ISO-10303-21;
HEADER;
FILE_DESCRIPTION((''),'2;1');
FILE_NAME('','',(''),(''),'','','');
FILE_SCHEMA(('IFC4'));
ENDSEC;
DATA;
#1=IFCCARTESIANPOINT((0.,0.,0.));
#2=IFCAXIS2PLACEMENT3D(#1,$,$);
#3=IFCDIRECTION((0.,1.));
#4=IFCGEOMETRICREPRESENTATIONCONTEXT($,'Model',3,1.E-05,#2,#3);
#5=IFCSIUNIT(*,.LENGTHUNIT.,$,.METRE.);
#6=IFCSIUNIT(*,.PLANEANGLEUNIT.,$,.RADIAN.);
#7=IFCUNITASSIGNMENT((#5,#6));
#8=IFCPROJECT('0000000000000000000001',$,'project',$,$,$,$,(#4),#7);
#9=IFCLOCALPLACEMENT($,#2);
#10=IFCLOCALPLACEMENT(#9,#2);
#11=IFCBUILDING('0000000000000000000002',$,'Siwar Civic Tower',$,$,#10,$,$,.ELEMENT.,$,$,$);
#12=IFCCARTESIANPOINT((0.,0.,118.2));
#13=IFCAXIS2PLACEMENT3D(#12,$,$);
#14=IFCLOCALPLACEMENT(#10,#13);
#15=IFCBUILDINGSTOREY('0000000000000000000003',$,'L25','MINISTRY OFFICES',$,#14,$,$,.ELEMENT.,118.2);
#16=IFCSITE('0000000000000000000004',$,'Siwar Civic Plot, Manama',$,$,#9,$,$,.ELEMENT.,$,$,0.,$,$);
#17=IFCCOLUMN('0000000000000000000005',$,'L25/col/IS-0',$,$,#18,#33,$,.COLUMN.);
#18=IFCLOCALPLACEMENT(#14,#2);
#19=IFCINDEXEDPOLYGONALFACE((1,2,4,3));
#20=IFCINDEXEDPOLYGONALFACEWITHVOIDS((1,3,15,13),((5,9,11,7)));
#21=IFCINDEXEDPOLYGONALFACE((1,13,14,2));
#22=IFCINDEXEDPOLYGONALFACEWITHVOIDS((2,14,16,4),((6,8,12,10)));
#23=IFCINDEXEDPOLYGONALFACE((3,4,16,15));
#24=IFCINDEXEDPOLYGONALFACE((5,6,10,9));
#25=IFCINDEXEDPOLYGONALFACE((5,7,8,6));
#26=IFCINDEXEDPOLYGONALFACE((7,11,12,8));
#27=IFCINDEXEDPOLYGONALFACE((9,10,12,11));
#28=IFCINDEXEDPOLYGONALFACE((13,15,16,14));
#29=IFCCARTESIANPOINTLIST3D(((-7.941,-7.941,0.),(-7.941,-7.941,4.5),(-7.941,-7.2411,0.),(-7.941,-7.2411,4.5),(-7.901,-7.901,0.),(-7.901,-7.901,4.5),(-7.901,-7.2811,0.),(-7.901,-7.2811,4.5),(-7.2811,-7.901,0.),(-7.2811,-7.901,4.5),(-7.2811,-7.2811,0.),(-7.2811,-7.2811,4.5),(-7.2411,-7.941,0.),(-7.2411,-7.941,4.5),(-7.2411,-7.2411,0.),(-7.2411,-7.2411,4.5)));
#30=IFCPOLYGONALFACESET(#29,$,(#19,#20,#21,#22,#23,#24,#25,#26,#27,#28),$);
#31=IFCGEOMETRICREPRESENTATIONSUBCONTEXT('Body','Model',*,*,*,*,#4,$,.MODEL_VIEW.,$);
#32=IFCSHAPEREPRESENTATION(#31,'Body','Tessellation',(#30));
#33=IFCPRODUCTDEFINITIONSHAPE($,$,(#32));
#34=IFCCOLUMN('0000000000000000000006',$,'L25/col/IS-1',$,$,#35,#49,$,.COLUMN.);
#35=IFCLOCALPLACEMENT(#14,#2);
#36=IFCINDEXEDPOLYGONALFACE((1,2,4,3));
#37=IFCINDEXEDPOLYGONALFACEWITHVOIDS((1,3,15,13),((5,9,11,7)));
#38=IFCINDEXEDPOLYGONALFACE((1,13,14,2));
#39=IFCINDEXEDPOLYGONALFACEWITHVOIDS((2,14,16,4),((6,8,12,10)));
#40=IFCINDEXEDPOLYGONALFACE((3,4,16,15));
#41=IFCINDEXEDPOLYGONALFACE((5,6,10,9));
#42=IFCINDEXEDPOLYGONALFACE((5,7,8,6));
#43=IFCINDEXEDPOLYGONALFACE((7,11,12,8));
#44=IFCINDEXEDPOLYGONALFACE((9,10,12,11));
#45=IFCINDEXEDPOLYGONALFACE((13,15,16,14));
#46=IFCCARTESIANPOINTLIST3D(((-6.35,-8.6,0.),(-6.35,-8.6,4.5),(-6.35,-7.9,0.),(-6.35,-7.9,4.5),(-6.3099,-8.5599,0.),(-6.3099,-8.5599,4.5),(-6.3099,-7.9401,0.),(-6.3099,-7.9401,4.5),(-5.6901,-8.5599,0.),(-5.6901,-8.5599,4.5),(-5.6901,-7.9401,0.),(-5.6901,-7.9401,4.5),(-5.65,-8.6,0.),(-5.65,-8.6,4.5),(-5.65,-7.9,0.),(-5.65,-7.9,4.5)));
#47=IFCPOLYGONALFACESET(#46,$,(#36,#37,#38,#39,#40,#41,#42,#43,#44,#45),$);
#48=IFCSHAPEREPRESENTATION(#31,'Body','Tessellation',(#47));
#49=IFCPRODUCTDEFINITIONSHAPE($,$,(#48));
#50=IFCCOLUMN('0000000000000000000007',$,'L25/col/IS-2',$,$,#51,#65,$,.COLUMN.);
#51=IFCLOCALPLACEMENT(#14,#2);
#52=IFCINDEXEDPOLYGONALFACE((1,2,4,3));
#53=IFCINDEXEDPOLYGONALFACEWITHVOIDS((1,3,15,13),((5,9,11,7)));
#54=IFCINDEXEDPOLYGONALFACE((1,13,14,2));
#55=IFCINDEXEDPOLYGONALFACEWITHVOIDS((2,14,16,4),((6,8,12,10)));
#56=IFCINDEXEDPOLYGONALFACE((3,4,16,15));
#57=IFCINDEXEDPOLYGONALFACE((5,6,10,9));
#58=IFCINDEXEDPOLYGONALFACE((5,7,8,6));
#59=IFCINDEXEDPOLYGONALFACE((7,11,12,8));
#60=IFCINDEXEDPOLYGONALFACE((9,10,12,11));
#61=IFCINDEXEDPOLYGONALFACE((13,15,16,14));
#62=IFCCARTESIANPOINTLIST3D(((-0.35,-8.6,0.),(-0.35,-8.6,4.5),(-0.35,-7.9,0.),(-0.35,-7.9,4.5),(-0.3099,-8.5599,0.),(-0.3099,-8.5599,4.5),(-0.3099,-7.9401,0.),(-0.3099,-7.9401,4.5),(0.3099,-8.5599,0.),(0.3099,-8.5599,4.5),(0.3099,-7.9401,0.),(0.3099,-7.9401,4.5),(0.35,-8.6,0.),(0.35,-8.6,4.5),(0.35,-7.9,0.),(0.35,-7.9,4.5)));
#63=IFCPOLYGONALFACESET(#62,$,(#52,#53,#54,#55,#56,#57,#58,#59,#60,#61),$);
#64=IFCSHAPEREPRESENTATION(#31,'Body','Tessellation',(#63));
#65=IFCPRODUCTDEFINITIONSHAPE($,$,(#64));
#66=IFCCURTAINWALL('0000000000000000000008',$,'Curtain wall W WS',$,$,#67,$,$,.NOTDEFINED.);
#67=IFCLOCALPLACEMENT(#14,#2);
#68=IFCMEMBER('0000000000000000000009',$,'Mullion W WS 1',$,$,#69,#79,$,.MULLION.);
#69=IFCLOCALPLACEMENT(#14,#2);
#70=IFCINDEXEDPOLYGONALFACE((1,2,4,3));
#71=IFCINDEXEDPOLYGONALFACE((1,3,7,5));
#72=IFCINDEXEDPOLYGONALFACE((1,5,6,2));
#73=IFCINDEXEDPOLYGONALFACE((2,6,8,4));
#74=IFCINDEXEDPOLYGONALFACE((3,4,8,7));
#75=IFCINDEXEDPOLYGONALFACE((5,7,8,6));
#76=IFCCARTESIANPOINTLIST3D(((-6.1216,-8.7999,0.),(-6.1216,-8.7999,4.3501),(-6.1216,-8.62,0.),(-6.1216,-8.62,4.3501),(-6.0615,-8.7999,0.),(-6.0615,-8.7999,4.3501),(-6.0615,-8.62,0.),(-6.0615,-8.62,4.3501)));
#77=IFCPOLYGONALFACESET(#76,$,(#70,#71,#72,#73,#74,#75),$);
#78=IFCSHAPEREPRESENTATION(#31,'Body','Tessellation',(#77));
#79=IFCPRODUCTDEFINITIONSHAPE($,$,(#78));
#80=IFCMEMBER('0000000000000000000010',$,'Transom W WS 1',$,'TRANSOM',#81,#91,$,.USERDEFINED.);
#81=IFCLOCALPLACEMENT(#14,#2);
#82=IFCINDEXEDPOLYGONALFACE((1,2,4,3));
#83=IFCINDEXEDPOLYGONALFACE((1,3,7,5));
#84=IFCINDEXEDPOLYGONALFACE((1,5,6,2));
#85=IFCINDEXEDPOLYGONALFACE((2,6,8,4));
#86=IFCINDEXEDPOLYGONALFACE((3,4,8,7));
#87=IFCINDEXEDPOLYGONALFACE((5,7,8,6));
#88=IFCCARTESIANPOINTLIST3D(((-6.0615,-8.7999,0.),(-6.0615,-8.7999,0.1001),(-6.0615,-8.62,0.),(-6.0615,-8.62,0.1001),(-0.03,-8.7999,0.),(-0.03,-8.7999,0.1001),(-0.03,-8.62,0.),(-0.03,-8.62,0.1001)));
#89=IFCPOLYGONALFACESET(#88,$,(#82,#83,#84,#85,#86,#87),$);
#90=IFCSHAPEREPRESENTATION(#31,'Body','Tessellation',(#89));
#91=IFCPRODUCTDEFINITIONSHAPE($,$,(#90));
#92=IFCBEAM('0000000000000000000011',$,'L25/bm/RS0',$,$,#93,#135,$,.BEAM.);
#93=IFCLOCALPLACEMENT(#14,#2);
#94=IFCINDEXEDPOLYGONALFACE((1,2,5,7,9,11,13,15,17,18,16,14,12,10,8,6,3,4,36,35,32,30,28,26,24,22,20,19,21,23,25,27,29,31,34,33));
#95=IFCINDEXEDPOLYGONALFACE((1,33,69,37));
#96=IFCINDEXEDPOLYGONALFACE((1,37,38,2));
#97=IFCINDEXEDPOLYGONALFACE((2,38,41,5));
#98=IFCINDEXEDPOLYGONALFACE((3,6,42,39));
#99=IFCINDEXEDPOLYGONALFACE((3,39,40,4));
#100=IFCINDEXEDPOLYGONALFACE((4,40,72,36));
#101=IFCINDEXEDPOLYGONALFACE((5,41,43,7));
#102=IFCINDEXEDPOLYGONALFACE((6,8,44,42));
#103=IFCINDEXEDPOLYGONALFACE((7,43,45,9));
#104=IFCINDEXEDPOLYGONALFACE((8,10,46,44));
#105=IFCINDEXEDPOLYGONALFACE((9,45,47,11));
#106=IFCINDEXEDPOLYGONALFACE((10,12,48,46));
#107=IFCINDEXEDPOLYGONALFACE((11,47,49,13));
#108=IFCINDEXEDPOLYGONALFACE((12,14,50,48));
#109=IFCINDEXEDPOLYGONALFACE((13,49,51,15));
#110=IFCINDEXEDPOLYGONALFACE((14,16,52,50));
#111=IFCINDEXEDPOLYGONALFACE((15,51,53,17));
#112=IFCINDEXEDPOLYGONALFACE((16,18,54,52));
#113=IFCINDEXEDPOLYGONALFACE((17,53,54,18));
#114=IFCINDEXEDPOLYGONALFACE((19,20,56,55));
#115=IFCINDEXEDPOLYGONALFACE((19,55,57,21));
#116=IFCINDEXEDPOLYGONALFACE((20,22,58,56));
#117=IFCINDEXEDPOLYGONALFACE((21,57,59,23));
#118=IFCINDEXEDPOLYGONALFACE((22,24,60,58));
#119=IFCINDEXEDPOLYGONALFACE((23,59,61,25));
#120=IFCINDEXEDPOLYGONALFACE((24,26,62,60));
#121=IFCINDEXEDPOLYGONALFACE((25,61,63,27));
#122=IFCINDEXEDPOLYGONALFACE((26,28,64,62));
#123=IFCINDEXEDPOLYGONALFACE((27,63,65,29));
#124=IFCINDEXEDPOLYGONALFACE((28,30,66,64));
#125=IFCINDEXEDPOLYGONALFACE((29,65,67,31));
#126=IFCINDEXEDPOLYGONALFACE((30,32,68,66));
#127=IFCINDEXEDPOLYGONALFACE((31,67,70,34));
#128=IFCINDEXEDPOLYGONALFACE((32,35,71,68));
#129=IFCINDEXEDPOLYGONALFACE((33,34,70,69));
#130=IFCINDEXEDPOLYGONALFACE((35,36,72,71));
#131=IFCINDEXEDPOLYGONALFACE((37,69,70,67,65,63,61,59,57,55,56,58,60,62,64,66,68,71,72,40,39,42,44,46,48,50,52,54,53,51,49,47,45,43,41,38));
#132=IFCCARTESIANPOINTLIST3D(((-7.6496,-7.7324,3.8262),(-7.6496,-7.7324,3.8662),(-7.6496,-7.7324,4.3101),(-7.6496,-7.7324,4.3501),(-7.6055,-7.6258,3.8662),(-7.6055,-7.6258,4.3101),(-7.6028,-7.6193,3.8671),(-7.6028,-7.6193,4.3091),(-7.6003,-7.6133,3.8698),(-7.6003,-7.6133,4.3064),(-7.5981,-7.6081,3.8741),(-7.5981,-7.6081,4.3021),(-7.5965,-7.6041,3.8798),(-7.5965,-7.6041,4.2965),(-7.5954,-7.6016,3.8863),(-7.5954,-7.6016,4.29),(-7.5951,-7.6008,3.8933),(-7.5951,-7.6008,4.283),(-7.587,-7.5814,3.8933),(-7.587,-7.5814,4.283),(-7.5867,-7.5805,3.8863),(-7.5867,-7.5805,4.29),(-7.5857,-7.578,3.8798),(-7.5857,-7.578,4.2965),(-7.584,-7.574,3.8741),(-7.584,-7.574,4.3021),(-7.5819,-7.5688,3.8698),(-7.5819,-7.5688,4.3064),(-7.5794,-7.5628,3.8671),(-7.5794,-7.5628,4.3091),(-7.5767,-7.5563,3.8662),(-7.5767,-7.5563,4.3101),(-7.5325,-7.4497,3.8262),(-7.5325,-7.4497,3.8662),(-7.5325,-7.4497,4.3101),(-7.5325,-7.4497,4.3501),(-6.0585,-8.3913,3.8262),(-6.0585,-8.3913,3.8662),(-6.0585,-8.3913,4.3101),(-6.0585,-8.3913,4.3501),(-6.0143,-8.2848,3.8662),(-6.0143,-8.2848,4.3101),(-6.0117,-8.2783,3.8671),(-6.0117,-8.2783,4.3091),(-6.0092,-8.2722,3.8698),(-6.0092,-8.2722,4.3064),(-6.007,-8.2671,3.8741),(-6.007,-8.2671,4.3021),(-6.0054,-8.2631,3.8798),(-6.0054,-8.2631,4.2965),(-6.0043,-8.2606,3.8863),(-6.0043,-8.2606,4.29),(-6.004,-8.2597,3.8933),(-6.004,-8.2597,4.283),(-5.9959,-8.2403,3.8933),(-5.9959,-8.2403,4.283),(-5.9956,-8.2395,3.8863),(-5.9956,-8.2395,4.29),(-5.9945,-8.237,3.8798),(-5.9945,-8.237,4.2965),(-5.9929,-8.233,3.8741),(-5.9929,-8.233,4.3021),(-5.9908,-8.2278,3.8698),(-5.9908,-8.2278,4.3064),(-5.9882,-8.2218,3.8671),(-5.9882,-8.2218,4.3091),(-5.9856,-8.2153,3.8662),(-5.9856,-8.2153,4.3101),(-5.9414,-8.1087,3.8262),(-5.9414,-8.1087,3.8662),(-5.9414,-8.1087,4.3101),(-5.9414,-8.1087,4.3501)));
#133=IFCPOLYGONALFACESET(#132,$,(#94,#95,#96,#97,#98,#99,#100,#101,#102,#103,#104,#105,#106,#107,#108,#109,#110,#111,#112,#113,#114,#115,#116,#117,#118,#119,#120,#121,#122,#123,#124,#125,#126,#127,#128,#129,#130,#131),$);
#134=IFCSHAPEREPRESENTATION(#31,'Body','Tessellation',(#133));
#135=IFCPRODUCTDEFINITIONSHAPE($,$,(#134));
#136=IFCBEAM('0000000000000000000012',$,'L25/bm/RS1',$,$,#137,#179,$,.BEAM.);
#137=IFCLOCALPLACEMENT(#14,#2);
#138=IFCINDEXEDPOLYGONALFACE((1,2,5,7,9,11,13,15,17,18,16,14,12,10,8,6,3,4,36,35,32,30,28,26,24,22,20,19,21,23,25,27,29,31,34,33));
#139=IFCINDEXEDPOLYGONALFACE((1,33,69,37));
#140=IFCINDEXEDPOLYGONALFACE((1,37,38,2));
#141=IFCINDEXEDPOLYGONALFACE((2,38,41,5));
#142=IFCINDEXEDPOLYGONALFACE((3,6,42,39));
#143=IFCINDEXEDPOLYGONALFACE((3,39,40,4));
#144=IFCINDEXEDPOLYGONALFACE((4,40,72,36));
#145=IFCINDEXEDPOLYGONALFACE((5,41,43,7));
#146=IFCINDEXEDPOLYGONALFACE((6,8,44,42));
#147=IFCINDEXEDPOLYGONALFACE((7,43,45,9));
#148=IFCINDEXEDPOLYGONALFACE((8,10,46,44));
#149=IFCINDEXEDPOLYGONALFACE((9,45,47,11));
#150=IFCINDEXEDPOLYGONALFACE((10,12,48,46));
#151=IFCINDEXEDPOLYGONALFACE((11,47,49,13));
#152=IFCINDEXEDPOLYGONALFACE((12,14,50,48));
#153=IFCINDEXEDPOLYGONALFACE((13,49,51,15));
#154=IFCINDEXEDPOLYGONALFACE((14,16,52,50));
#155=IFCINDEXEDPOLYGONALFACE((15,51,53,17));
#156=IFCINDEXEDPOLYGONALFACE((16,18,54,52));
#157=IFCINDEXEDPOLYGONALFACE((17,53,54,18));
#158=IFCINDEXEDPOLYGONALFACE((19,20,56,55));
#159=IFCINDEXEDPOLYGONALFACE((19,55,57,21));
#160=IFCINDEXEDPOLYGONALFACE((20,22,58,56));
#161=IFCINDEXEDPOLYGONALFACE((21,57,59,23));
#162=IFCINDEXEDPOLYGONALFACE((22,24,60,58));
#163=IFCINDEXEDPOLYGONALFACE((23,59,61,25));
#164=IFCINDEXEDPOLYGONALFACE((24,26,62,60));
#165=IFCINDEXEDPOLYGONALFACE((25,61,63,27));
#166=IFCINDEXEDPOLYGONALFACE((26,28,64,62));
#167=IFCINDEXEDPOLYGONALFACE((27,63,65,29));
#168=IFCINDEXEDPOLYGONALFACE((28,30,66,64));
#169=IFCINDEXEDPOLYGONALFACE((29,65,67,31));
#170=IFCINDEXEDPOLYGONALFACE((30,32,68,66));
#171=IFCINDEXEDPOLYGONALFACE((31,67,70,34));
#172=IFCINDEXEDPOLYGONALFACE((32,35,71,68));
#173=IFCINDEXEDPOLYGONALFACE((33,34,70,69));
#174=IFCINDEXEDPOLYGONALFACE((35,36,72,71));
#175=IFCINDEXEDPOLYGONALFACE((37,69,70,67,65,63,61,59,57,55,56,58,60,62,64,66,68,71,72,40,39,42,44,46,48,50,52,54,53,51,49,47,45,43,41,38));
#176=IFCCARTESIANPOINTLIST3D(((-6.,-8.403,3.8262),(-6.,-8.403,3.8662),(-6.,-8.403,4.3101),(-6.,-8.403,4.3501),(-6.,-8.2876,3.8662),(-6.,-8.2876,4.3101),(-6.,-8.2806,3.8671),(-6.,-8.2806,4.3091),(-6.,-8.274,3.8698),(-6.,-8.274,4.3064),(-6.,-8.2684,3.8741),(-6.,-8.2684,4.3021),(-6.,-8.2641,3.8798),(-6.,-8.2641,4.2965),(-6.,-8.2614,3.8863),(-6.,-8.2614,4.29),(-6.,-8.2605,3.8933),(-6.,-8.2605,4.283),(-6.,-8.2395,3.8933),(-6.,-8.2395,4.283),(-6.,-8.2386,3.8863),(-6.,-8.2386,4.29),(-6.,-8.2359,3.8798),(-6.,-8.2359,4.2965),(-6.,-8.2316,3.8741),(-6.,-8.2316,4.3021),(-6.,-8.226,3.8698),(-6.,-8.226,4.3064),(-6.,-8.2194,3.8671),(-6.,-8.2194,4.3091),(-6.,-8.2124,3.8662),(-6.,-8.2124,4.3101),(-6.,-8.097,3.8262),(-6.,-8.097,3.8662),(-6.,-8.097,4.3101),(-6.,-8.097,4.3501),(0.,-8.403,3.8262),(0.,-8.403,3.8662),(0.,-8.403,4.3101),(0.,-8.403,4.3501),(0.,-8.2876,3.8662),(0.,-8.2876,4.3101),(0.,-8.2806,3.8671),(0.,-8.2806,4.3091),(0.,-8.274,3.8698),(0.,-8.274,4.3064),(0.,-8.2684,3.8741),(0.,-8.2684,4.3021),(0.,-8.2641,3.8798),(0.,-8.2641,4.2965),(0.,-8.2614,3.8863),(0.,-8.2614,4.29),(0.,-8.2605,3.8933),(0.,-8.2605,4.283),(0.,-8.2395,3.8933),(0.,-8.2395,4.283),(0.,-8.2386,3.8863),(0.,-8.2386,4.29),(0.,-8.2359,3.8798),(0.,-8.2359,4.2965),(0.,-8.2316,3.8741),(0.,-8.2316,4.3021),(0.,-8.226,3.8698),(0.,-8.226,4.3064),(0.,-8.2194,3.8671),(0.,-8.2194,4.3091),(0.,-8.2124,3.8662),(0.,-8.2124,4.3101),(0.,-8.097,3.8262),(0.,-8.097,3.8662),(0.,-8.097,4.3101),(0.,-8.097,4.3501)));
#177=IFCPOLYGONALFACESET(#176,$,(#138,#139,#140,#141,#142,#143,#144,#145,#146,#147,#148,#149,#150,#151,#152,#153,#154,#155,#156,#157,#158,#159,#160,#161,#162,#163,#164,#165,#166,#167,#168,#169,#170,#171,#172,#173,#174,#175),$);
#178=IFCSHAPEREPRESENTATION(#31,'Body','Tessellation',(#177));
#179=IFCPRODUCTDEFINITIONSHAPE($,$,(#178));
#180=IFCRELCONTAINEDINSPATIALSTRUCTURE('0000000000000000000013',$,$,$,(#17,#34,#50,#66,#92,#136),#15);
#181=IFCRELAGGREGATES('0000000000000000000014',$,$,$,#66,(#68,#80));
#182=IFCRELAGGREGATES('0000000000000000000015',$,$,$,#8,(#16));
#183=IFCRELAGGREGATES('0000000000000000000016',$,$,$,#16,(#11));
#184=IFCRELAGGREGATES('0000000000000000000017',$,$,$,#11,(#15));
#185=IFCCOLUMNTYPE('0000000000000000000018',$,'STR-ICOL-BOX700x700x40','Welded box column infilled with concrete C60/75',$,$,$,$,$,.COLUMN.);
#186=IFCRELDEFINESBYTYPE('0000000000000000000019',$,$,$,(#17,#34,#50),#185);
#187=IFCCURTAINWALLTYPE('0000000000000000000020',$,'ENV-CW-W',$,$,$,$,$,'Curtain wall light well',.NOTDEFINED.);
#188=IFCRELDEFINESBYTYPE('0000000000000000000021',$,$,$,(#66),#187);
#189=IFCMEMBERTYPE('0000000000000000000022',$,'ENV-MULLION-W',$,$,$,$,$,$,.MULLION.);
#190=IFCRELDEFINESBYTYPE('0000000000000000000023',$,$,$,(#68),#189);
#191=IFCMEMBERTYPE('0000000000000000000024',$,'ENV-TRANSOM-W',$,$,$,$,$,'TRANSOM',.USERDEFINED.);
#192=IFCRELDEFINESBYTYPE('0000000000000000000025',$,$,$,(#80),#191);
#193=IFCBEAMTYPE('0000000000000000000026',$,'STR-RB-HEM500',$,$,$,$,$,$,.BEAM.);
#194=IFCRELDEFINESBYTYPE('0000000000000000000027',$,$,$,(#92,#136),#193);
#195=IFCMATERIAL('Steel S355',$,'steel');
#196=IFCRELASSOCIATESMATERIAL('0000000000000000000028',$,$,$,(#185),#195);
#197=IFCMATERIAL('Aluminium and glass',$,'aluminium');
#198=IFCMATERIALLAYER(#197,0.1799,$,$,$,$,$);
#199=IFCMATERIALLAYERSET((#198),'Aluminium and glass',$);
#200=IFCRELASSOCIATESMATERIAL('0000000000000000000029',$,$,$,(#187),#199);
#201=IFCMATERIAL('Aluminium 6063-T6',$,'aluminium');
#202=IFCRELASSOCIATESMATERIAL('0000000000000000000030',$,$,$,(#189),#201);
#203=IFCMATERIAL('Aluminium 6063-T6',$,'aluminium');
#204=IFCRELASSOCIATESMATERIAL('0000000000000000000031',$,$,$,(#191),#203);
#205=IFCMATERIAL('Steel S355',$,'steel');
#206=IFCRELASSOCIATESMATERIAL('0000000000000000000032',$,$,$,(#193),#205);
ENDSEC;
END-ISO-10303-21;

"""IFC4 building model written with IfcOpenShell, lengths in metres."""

from ifc_helpers import new_model, si_unit, direction, frame, origin, origin_2d, place, context, subcontext, project, spatial, rectangle, hollow_rectangle, i_section, extrude, material, layer, layer_set, material_profile, profile_set, type_object, element, aggregate, save


model = new_model("IFC4")

# Units and contexts
model_context = context("Model", 3, precision=1e-05, world=origin(), true_north=direction((0.0, 1.0)))
body_context = subcontext(model_context, "Body", "Model", "MODEL_VIEW")
ifc_project = project(units=[si_unit("LENGTHUNIT", "METRE"), si_unit("PLANEANGLEUNIT", "RADIAN")], contexts=[model_context])

# Site, building, storey
site_placement = place(None, origin())
site = spatial("IfcSite", under=ifc_project, at=site_placement, Name="Siwar Civic Plot, Manama", CompositionType="ELEMENT", RefElevation=0.0)
building_placement = place(site_placement, origin())
building = spatial("IfcBuilding", under=site, at=building_placement, Name="Siwar Civic Tower", CompositionType="ELEMENT")
storey_placement = place(building_placement, frame((0.0, 0.0, 118.2)))
storey = spatial("IfcBuildingStorey", under=building, at=storey_placement, Name="L25", Description="MINISTRY OFFICES", CompositionType="ELEMENT", Elevation=118.2)

# Columns
ifc_material_1 = material(Name="Steel S355", Category="steel")
ifc_material_profile_1 = material_profile(ifc_material_1, hollow_rectangle(XDim=0.7, YDim=0.7, WallThickness=0.04, at=origin_2d()), Name="BOX700x700x40")
ifc_profile_set_1 = profile_set([ifc_material_profile_1], Name="Steel S355")
column_type = type_object("IfcColumnType", Name="STR-ICOL-BOX700x700x40", Description="Welded box column infilled with concrete C60/75", PredefinedType="COLUMN", material=ifc_profile_set_1)
for number, where, z_axis, x_axis, name in (
    (1, (-7.5911, -7.5911, 0.0), (0.0, 0.0, 1.0), (1.0, 0.0, 0.0), "L25/col/IS-0"),
    (2, (-6.0, -8.25, 0.0), (0.0, 0.0, 1.0), (1.0, 0.0, 0.0), "L25/col/IS-1"),
    (3, (0.0, -8.25, 0.0), (0.0, 0.0, 1.0), (1.0, 0.0, 0.0), "L25/col/IS-2"),
):
    element("IfcColumn", number, at=place(storey_placement, frame(where, z_axis=z_axis, x_axis=x_axis)), inside=storey, type_object=column_type, Name=name, PredefinedType="COLUMN", context=body_context, shape_type="SweptSolid", body=[
        extrude(hollow_rectangle(XDim=0.7, YDim=0.7, WallThickness=0.04, at=origin_2d()), origin(), (0.0, 0.0, 1.0), 4.5),
    ])

# Curtain wall, members
ifc_material_2 = material(Name="Aluminium and glass", Category="aluminium")
ifc_layer_1 = layer(ifc_material_2, 0.1799)
ifc_layer_set_1 = layer_set([ifc_layer_1], Name="Aluminium and glass")
curtain_wall_type = type_object("IfcCurtainWallType", Name="ENV-CW-W", ElementType="Curtain wall light well", PredefinedType="NOTDEFINED", material=ifc_layer_set_1)
curtain_wall_placement = place(storey_placement, origin())
curtain_wall = element("IfcCurtainWall", 4, at=curtain_wall_placement, inside=storey, type_object=curtain_wall_type, Name="Curtain wall W WS", PredefinedType="NOTDEFINED")
ifc_material_3 = material(Name="Aluminium 6063-T6", Category="aluminium")
ifc_material_profile_2 = material_profile(ifc_material_3, rectangle(XDim=0.1799, YDim=0.0601, at=origin_2d()), Name="AL 180x60")
ifc_profile_set_2 = profile_set([ifc_material_profile_2], Name="Aluminium 6063-T6")
member_type_1 = type_object("IfcMemberType", Name="ENV-MULLION-W", PredefinedType="MULLION", material=ifc_profile_set_2)
member_1_placement = place(storey_placement, frame((-6.0916, -8.71, 0.0), z_axis=(0.0, 0.0, 1.0), x_axis=(0.0, 1.0, 0.0)))
member_1 = element("IfcMember", 5, at=member_1_placement, type_object=member_type_1, Name="Mullion W WS 1", PredefinedType="MULLION", context=body_context, shape_type="SweptSolid", body=[
    extrude(rectangle(XDim=0.1799, YDim=0.0601, at=origin_2d()), origin(), (0.0, 0.0, 1.0), 4.3501),
])
ifc_material_4 = material(Name="Aluminium 6063-T6", Category="aluminium")
ifc_material_profile_3 = material_profile(ifc_material_4, rectangle(XDim=0.1799, YDim=0.1001, at=origin_2d()), Name="AL 180x100")
ifc_profile_set_3 = profile_set([ifc_material_profile_3], Name="Aluminium 6063-T6")
member_type_2 = type_object("IfcMemberType", Name="ENV-TRANSOM-W", ElementType="TRANSOM", PredefinedType="USERDEFINED", material=ifc_profile_set_3)
member_2_placement = place(storey_placement, frame((-6.0615, -8.71, 0.05), z_axis=(1.0, 0.0, 0.0), x_axis=(0.0, 1.0, 0.0)))
member_2 = element("IfcMember", 6, at=member_2_placement, type_object=member_type_2, Name="Transom W WS 1", ObjectType="TRANSOM", PredefinedType="USERDEFINED", context=body_context, shape_type="SweptSolid", body=[
    extrude(rectangle(XDim=0.1799, YDim=0.1001, at=origin_2d()), origin(), (0.0, 0.0, 1.0), 6.0315),
])

# Beams
ifc_material_5 = material(Name="Steel S355", Category="steel")
ifc_material_profile_4 = material_profile(ifc_material_5, i_section(OverallWidth=0.3059, OverallDepth=0.5239, WebThickness=0.021, FlangeThickness=0.04, FilletRadius=0.0271, at=origin_2d()), Name="HEM500")
ifc_profile_set_4 = profile_set([ifc_material_profile_4], Name="Steel S355")
beam_type = type_object("IfcBeamType", Name="STR-RB-HEM500", PredefinedType="BEAM", material=ifc_profile_set_4)
beam_1_placement = place(storey_placement, frame((-7.5911, -7.5911, 4.0881), z_axis=(0.923901, -0.382631, 0.0), x_axis=(0.382631, 0.923901, 0.0)))
element("IfcBeam", 7, at=beam_1_placement, inside=storey, type_object=beam_type, Name="L25/bm/RS0", PredefinedType="BEAM", context=body_context, shape_type="SweptSolid", body=[
    extrude(i_section(OverallWidth=0.3059, OverallDepth=0.5239, WebThickness=0.021, FlangeThickness=0.04, FilletRadius=0.0271, at=origin_2d()), origin(), (0.0, 0.0, 1.0), 1.7222),
])
beam_2_placement = place(storey_placement, frame((-6.0, -8.25, 4.0881), z_axis=(1.0, 0.0, 0.0), x_axis=(0.0, 1.0, 0.0)))
element("IfcBeam", 8, at=beam_2_placement, inside=storey, type_object=beam_type, Name="L25/bm/RS1", PredefinedType="BEAM", context=body_context, shape_type="SweptSolid", body=[
    extrude(i_section(OverallWidth=0.3059, OverallDepth=0.5239, WebThickness=0.021, FlangeThickness=0.04, FilletRadius=0.0271, at=origin_2d()), origin(), (0.0, 0.0, 1.0), 6.0),
])

aggregate(curtain_wall, [member_1, member_2])

save(model, "model.ifc")
